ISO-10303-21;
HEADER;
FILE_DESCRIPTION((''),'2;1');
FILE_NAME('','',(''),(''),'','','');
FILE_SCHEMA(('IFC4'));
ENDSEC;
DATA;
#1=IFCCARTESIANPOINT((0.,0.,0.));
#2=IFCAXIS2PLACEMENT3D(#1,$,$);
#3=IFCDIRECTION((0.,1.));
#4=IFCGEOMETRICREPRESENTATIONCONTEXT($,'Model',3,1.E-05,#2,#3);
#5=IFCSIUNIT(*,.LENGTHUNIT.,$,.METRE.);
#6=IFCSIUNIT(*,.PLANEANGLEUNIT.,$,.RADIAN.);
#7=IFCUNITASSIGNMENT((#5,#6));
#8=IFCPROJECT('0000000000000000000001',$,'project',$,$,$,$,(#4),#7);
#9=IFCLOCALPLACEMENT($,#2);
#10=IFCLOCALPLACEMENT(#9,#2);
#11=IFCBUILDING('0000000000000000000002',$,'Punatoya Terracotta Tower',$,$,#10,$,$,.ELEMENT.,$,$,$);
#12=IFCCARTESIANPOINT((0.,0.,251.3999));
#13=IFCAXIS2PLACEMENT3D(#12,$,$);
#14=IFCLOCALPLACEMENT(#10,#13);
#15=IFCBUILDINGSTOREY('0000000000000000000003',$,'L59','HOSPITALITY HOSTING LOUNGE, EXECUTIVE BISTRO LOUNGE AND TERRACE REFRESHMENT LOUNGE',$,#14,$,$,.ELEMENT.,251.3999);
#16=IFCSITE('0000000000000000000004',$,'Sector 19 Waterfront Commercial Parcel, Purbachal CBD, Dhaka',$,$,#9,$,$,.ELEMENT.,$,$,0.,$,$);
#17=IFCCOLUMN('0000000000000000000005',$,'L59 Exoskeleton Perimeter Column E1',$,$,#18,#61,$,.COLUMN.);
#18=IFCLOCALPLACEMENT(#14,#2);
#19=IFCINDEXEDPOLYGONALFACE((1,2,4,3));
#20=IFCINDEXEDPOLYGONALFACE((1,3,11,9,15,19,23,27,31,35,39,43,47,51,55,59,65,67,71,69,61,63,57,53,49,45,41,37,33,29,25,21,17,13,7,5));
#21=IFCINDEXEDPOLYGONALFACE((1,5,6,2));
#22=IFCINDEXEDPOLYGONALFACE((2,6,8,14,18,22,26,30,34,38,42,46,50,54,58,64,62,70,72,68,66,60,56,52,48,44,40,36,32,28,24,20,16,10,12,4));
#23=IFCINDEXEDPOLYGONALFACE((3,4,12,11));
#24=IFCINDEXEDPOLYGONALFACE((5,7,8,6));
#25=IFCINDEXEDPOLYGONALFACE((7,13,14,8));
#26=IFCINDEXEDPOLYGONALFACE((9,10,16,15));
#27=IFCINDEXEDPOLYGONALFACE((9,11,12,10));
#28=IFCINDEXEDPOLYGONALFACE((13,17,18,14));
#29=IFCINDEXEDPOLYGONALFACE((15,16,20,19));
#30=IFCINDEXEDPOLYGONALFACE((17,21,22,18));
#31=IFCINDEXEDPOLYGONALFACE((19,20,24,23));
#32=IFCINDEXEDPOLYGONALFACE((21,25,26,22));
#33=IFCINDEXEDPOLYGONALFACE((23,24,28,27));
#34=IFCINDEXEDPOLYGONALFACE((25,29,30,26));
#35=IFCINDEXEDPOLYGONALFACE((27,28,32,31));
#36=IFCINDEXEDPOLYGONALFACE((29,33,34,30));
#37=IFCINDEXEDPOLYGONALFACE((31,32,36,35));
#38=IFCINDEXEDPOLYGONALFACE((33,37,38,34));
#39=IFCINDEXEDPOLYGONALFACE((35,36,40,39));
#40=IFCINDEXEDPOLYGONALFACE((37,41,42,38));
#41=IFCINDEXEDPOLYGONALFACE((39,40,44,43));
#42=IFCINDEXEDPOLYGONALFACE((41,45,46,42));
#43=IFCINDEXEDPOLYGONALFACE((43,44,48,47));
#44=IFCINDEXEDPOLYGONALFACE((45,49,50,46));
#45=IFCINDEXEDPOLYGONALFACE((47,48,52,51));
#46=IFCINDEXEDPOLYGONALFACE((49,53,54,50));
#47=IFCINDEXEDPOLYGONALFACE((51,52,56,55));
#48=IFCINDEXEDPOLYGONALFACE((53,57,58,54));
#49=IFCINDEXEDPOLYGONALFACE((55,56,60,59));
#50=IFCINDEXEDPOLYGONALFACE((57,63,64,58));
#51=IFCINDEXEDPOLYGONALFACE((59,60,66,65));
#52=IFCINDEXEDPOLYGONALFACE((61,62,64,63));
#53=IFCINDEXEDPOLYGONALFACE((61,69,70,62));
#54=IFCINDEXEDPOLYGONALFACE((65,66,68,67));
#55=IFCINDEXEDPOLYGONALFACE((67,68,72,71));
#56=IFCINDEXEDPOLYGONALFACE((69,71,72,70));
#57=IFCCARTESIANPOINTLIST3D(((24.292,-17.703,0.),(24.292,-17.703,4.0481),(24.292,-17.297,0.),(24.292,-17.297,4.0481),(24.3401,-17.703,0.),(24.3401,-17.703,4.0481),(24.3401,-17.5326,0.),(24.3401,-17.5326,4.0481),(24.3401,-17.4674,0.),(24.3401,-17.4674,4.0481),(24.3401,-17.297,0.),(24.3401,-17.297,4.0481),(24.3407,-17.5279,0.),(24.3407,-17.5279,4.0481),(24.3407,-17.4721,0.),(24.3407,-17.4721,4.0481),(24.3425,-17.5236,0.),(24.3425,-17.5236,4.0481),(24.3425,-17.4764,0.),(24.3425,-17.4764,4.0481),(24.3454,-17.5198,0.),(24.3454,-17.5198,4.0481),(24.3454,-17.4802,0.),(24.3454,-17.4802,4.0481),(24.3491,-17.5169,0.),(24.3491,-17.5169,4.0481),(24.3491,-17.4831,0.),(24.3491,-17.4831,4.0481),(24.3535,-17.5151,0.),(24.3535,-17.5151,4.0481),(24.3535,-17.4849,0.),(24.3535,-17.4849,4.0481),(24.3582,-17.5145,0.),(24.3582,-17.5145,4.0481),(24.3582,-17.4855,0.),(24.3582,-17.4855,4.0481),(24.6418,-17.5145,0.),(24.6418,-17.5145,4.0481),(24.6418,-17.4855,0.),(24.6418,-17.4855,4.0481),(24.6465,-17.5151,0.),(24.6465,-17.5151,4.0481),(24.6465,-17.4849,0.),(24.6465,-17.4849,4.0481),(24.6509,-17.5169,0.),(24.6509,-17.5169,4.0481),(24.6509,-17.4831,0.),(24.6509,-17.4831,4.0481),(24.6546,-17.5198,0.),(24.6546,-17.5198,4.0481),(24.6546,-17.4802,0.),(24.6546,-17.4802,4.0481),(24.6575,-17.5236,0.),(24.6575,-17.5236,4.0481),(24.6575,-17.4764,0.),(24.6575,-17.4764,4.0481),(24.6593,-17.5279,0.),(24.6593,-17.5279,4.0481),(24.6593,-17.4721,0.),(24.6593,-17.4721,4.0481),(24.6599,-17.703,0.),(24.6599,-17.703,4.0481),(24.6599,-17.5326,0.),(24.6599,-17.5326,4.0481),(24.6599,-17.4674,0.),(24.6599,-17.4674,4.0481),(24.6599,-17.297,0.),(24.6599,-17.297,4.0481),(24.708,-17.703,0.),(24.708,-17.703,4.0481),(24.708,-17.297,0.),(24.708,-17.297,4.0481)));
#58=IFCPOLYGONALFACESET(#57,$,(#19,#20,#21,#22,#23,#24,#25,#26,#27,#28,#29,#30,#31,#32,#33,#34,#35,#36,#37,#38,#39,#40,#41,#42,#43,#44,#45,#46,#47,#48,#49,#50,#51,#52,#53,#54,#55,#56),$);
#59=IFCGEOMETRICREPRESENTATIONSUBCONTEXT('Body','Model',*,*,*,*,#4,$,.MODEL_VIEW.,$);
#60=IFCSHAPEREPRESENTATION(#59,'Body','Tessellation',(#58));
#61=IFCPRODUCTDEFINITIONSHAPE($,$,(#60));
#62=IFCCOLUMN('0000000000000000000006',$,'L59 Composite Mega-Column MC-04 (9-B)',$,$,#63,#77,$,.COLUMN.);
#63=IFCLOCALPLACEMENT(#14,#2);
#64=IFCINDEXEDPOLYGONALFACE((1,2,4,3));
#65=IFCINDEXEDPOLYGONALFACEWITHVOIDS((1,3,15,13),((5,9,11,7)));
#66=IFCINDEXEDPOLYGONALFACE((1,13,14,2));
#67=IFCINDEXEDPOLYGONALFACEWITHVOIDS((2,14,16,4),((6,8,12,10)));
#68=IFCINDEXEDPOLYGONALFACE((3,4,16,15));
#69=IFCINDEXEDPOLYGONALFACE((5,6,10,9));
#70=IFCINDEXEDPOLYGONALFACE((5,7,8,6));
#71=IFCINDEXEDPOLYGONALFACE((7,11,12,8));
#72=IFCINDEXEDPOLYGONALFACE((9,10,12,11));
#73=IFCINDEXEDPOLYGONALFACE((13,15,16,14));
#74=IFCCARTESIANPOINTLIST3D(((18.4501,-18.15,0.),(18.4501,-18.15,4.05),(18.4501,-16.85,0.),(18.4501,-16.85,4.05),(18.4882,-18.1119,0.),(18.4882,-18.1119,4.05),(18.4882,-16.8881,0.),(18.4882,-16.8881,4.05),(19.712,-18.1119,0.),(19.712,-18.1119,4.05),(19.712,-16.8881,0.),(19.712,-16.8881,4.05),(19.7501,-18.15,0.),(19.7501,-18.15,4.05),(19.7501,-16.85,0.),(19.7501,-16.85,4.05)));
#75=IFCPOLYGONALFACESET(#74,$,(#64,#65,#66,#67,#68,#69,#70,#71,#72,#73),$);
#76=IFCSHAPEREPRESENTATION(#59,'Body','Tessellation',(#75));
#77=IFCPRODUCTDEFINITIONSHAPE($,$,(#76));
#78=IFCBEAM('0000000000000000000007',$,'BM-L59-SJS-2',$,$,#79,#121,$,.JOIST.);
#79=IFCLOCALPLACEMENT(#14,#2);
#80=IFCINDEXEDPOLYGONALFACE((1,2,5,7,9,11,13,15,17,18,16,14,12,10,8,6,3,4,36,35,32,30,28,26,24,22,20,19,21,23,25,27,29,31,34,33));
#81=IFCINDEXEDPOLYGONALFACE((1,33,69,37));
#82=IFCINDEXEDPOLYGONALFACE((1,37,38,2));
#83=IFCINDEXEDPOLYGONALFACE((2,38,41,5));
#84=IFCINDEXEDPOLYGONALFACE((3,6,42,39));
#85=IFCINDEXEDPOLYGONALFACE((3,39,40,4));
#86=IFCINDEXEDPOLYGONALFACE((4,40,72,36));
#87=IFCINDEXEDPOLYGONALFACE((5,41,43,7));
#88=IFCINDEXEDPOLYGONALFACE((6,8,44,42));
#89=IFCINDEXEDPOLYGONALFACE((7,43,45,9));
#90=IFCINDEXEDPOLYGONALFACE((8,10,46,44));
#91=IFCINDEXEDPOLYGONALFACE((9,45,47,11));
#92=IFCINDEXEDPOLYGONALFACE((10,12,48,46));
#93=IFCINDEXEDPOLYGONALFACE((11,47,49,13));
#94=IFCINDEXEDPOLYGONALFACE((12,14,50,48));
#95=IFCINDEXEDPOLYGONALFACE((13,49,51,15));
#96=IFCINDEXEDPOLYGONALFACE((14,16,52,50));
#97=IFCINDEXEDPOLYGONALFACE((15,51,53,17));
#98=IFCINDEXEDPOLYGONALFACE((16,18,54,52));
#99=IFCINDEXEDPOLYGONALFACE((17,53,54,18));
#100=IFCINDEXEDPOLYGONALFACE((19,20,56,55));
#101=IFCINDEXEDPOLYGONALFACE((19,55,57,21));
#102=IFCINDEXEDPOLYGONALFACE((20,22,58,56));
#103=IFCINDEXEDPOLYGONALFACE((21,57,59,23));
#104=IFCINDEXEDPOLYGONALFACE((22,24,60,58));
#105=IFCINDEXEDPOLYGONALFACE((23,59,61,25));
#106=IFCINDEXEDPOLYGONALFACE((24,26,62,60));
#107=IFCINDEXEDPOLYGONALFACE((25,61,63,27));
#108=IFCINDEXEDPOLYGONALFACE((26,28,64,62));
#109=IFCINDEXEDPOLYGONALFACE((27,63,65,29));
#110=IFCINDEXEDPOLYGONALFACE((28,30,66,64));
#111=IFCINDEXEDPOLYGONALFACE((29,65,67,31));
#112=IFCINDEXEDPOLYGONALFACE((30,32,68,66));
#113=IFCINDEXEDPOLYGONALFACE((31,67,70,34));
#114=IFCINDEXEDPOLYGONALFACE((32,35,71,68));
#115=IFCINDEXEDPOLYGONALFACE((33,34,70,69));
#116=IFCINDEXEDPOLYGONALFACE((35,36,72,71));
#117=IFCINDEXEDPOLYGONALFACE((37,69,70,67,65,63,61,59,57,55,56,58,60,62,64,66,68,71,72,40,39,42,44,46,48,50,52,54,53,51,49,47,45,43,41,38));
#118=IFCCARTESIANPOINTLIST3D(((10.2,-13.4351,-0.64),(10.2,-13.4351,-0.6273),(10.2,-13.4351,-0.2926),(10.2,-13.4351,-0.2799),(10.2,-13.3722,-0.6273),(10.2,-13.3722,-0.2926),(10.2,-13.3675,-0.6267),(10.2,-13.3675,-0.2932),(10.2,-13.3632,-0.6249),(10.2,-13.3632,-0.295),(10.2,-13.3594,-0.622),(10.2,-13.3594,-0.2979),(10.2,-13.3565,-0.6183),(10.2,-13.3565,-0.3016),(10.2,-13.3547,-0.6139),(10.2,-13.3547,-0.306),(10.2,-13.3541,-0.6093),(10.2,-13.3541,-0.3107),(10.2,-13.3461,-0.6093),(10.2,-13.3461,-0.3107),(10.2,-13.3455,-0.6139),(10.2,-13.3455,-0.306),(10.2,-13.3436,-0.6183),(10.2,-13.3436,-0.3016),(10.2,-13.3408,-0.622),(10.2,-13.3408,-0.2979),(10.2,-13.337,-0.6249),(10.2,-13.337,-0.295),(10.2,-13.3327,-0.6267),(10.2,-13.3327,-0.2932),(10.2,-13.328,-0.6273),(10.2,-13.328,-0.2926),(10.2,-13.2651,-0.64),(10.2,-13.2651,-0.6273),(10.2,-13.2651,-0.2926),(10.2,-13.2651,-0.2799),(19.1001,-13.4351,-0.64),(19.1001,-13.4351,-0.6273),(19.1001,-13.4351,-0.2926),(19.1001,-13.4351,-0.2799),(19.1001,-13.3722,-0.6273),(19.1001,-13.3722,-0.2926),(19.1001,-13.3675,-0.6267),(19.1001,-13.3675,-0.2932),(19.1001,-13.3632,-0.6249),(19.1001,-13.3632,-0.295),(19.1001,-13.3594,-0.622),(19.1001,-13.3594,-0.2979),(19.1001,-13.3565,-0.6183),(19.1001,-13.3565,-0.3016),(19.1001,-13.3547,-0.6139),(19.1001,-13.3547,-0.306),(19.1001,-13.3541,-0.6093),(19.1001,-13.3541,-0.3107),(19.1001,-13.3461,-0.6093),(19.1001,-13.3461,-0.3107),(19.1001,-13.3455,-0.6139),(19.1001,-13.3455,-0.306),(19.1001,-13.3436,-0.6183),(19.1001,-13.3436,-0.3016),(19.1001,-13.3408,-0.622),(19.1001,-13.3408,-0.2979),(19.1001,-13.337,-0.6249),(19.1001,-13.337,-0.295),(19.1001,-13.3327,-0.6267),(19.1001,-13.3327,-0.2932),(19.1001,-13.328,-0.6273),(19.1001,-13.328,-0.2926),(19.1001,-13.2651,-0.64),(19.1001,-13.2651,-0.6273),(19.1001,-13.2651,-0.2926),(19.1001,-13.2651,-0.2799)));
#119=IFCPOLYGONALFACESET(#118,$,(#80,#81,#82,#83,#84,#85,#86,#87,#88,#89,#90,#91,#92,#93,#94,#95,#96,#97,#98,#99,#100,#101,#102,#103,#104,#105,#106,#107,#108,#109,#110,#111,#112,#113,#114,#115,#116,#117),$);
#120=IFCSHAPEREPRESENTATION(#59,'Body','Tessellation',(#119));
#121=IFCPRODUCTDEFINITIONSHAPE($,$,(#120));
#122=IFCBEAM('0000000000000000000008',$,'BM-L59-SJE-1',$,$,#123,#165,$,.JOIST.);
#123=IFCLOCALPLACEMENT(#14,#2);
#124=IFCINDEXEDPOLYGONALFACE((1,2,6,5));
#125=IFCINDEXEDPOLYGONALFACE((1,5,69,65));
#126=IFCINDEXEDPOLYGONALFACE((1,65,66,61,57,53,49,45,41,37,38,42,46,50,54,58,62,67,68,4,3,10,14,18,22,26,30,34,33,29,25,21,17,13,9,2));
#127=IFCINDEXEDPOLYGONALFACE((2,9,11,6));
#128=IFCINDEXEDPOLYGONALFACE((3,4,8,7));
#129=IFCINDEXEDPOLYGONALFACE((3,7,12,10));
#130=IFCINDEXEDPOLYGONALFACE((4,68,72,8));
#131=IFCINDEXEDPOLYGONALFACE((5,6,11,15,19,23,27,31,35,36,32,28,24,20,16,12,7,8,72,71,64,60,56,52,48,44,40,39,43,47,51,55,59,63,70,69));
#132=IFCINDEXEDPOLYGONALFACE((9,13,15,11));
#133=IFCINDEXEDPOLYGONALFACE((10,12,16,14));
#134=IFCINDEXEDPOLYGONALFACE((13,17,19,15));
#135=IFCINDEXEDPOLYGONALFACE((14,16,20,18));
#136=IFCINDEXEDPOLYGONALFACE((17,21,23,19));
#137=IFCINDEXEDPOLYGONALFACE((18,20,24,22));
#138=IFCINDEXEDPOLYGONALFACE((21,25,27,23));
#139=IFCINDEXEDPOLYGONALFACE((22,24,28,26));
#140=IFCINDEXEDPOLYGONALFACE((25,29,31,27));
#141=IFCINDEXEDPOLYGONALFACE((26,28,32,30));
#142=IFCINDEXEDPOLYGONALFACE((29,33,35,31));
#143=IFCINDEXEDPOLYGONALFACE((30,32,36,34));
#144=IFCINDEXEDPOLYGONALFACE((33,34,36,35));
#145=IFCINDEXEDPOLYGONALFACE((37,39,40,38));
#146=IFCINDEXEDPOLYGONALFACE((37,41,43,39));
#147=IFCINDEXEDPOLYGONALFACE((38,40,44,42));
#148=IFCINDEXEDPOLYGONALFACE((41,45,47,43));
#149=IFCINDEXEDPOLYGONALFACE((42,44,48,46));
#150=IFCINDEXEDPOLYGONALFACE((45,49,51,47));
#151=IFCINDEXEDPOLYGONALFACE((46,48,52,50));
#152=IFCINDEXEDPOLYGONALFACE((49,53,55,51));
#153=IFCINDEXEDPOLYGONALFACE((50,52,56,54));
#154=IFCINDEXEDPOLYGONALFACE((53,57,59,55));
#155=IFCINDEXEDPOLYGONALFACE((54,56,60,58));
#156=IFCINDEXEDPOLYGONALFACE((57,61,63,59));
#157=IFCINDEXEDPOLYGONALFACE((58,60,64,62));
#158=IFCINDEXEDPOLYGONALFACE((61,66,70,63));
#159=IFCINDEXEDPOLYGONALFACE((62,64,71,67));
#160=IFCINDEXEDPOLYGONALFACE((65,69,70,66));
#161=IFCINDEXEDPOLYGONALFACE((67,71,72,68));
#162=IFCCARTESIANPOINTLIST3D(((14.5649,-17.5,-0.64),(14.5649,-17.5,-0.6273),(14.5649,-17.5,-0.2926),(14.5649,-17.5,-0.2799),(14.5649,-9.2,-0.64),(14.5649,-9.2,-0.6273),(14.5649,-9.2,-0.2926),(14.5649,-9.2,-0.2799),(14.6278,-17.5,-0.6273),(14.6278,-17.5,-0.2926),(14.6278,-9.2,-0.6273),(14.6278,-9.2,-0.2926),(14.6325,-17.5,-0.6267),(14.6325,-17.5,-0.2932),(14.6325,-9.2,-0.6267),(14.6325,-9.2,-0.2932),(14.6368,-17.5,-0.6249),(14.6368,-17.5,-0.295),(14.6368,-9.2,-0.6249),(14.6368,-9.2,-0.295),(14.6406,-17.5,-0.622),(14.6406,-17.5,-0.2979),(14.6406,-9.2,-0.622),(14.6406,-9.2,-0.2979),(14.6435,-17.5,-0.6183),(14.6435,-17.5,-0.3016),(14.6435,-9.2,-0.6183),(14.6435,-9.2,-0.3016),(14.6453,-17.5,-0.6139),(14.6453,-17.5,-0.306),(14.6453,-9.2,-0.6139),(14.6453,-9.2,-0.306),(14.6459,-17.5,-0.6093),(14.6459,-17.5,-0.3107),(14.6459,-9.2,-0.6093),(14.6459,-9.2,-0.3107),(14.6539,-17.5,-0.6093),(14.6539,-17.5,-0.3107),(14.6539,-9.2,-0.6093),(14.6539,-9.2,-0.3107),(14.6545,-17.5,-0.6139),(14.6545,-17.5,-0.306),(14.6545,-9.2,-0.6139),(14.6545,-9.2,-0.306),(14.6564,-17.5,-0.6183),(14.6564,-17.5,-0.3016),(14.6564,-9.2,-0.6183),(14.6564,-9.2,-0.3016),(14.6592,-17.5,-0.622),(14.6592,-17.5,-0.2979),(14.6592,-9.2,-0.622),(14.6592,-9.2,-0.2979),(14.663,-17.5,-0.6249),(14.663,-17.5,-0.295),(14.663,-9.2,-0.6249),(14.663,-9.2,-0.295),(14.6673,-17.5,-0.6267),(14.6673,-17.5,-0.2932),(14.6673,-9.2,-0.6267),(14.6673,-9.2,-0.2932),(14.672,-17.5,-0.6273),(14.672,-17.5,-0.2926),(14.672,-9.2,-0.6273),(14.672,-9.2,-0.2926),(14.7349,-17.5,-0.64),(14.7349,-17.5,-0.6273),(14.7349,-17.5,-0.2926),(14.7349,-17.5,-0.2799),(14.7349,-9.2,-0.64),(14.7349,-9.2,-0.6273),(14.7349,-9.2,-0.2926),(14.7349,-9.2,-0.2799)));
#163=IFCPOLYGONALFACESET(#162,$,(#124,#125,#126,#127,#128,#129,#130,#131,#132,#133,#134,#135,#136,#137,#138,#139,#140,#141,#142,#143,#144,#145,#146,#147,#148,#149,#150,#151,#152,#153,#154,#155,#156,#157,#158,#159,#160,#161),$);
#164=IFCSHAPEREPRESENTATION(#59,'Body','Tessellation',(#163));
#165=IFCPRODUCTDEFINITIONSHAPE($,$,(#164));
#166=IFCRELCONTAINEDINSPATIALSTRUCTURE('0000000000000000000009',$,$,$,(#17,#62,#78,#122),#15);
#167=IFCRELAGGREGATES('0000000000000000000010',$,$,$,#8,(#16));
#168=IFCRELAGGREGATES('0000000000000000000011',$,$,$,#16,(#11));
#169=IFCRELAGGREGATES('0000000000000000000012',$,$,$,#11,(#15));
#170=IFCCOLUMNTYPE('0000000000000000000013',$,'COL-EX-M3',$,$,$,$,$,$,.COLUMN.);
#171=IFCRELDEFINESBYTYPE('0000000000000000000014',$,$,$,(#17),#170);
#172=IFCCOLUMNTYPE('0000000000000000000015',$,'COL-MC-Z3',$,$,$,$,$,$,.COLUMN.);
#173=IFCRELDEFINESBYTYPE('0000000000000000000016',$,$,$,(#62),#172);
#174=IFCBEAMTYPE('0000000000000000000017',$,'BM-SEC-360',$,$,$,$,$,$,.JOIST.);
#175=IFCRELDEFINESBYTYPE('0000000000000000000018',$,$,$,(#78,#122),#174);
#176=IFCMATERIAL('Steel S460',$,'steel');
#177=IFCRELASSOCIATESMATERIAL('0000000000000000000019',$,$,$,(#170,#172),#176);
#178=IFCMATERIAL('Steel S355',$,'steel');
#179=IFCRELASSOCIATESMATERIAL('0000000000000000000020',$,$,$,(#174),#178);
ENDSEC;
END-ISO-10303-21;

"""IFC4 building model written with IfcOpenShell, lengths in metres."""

from ifc_helpers import new_model, si_unit, direction, frame, origin, origin_2d, place, context, subcontext, project, spatial, hollow_rectangle, i_section, extrude, material, material_profile, profile_set, type_object, element, save


model = new_model("IFC4")

# Units and contexts
model_context = context("Model", 3, precision=1e-05, world=origin(), true_north=direction((0.0, 1.0)))
body_context = subcontext(model_context, "Body", "Model", "MODEL_VIEW")
ifc_project = project(units=[si_unit("LENGTHUNIT", "METRE"), si_unit("PLANEANGLEUNIT", "RADIAN")], contexts=[model_context])

# Site, building, storey
site_placement = place(None, origin())
site = spatial("IfcSite", under=ifc_project, at=site_placement, Name="Sector 19 Waterfront Commercial Parcel, Purbachal CBD, Dhaka", CompositionType="ELEMENT", RefElevation=0.0)
building_placement = place(site_placement, origin())
building = spatial("IfcBuilding", under=site, at=building_placement, Name="Punatoya Terracotta Tower", CompositionType="ELEMENT")
storey_placement = place(building_placement, frame((0.0, 0.0, 251.3999)))
storey = spatial("IfcBuildingStorey", under=building, at=storey_placement, Name="L59", Description="HOSPITALITY HOSTING LOUNGE, EXECUTIVE BISTRO LOUNGE AND TERRACE REFRESHMENT LOUNGE", CompositionType="ELEMENT", Elevation=251.3999)

# Columns
ifc_material_1 = material(Name="Steel S460", Category="steel")
ifc_material_profile_1 = material_profile(ifc_material_1, i_section(OverallWidth=0.406, OverallDepth=0.416, WebThickness=0.0291, FlangeThickness=0.0481, FilletRadius=0.0181, at=origin_2d()))
ifc_profile_set_1 = profile_set([ifc_material_profile_1], Name="Steel S460")
column_type_1 = type_object("IfcColumnType", Name="COL-EX-M3", PredefinedType="COLUMN", material=ifc_profile_set_1)
column_1_placement = place(storey_placement, frame((24.5, -17.5, 0.0), z_axis=(0.0, 0.0, 1.0), x_axis=(0.0, 1.0, 0.0)))
element("IfcColumn", 1, at=column_1_placement, inside=storey, type_object=column_type_1, Name="L59 Exoskeleton Perimeter Column E1", PredefinedType="COLUMN", context=body_context, shape_type="SweptSolid", body=[
    extrude(i_section(OverallWidth=0.406, OverallDepth=0.416, WebThickness=0.0291, FlangeThickness=0.0481, FilletRadius=0.0181, at=origin_2d()), origin(), (0.0, 0.0, 1.0), 4.0481),
])
ifc_material_profile_2 = material_profile(ifc_material_1, hollow_rectangle(XDim=1.3, YDim=1.3, WallThickness=0.0381, at=origin_2d()))
ifc_profile_set_2 = profile_set([ifc_material_profile_2], Name="Steel S460")
column_type_2 = type_object("IfcColumnType", Name="COL-MC-Z3", PredefinedType="COLUMN", material=ifc_profile_set_2)
column_2_placement = place(storey_placement, frame((19.1001, -17.5, 0.0), z_axis=(0.0, 0.0, 1.0), x_axis=(1.0, 0.0, 0.0)))
element("IfcColumn", 2, at=column_2_placement, inside=storey, type_object=column_type_2, Name="L59 Composite Mega-Column MC-04 (9-B)", PredefinedType="COLUMN", context=body_context, shape_type="SweptSolid", body=[
    extrude(hollow_rectangle(XDim=1.3, YDim=1.3, WallThickness=0.0381, at=origin_2d()), origin(), (0.0, 0.0, 1.0), 4.05),
])

# Beams
ifc_material_2 = material(Name="Steel S355", Category="steel")
ifc_material_profile_3 = material_profile(ifc_material_2, i_section(OverallWidth=0.1699, OverallDepth=0.3601, WebThickness=0.0081, FlangeThickness=0.0127, FilletRadius=0.0181, at=origin_2d()))
ifc_profile_set_3 = profile_set([ifc_material_profile_3], Name="Steel S355")
beam_type_1 = type_object("IfcBeamType", Name="BM-SEC-360", PredefinedType="JOIST", material=ifc_profile_set_3)
beam_1_placement = place(storey_placement, frame((10.2, -13.3501, -0.46), z_axis=(1.0, 0.0, 0.0), x_axis=(0.0, 1.0, 0.0)))
element("IfcBeam", 3, at=beam_1_placement, inside=storey, type_object=beam_type_1, Name="BM-L59-SJS-2", PredefinedType="JOIST", context=body_context, shape_type="SweptSolid", body=[
    extrude(i_section(OverallWidth=0.1699, OverallDepth=0.3601, WebThickness=0.0081, FlangeThickness=0.0127, FilletRadius=0.0181, at=origin_2d()), origin(), (0.0, 0.0, 1.0), 8.9001),
])
beam_2_placement = place(storey_placement, frame((14.6499, -17.5, -0.46), z_axis=(0.0, 1.0, 0.0), x_axis=(-1.0, 0.0, 0.0)))
element("IfcBeam", 4, at=beam_2_placement, inside=storey, type_object=beam_type_1, Name="BM-L59-SJE-1", PredefinedType="JOIST", context=body_context, shape_type="SweptSolid", body=[
    extrude(i_section(OverallWidth=0.1699, OverallDepth=0.3601, WebThickness=0.0081, FlangeThickness=0.0127, FilletRadius=0.0181, at=origin_2d()), origin(), (0.0, 0.0, 1.0), 8.3),
])

save(model, "model.ifc")
